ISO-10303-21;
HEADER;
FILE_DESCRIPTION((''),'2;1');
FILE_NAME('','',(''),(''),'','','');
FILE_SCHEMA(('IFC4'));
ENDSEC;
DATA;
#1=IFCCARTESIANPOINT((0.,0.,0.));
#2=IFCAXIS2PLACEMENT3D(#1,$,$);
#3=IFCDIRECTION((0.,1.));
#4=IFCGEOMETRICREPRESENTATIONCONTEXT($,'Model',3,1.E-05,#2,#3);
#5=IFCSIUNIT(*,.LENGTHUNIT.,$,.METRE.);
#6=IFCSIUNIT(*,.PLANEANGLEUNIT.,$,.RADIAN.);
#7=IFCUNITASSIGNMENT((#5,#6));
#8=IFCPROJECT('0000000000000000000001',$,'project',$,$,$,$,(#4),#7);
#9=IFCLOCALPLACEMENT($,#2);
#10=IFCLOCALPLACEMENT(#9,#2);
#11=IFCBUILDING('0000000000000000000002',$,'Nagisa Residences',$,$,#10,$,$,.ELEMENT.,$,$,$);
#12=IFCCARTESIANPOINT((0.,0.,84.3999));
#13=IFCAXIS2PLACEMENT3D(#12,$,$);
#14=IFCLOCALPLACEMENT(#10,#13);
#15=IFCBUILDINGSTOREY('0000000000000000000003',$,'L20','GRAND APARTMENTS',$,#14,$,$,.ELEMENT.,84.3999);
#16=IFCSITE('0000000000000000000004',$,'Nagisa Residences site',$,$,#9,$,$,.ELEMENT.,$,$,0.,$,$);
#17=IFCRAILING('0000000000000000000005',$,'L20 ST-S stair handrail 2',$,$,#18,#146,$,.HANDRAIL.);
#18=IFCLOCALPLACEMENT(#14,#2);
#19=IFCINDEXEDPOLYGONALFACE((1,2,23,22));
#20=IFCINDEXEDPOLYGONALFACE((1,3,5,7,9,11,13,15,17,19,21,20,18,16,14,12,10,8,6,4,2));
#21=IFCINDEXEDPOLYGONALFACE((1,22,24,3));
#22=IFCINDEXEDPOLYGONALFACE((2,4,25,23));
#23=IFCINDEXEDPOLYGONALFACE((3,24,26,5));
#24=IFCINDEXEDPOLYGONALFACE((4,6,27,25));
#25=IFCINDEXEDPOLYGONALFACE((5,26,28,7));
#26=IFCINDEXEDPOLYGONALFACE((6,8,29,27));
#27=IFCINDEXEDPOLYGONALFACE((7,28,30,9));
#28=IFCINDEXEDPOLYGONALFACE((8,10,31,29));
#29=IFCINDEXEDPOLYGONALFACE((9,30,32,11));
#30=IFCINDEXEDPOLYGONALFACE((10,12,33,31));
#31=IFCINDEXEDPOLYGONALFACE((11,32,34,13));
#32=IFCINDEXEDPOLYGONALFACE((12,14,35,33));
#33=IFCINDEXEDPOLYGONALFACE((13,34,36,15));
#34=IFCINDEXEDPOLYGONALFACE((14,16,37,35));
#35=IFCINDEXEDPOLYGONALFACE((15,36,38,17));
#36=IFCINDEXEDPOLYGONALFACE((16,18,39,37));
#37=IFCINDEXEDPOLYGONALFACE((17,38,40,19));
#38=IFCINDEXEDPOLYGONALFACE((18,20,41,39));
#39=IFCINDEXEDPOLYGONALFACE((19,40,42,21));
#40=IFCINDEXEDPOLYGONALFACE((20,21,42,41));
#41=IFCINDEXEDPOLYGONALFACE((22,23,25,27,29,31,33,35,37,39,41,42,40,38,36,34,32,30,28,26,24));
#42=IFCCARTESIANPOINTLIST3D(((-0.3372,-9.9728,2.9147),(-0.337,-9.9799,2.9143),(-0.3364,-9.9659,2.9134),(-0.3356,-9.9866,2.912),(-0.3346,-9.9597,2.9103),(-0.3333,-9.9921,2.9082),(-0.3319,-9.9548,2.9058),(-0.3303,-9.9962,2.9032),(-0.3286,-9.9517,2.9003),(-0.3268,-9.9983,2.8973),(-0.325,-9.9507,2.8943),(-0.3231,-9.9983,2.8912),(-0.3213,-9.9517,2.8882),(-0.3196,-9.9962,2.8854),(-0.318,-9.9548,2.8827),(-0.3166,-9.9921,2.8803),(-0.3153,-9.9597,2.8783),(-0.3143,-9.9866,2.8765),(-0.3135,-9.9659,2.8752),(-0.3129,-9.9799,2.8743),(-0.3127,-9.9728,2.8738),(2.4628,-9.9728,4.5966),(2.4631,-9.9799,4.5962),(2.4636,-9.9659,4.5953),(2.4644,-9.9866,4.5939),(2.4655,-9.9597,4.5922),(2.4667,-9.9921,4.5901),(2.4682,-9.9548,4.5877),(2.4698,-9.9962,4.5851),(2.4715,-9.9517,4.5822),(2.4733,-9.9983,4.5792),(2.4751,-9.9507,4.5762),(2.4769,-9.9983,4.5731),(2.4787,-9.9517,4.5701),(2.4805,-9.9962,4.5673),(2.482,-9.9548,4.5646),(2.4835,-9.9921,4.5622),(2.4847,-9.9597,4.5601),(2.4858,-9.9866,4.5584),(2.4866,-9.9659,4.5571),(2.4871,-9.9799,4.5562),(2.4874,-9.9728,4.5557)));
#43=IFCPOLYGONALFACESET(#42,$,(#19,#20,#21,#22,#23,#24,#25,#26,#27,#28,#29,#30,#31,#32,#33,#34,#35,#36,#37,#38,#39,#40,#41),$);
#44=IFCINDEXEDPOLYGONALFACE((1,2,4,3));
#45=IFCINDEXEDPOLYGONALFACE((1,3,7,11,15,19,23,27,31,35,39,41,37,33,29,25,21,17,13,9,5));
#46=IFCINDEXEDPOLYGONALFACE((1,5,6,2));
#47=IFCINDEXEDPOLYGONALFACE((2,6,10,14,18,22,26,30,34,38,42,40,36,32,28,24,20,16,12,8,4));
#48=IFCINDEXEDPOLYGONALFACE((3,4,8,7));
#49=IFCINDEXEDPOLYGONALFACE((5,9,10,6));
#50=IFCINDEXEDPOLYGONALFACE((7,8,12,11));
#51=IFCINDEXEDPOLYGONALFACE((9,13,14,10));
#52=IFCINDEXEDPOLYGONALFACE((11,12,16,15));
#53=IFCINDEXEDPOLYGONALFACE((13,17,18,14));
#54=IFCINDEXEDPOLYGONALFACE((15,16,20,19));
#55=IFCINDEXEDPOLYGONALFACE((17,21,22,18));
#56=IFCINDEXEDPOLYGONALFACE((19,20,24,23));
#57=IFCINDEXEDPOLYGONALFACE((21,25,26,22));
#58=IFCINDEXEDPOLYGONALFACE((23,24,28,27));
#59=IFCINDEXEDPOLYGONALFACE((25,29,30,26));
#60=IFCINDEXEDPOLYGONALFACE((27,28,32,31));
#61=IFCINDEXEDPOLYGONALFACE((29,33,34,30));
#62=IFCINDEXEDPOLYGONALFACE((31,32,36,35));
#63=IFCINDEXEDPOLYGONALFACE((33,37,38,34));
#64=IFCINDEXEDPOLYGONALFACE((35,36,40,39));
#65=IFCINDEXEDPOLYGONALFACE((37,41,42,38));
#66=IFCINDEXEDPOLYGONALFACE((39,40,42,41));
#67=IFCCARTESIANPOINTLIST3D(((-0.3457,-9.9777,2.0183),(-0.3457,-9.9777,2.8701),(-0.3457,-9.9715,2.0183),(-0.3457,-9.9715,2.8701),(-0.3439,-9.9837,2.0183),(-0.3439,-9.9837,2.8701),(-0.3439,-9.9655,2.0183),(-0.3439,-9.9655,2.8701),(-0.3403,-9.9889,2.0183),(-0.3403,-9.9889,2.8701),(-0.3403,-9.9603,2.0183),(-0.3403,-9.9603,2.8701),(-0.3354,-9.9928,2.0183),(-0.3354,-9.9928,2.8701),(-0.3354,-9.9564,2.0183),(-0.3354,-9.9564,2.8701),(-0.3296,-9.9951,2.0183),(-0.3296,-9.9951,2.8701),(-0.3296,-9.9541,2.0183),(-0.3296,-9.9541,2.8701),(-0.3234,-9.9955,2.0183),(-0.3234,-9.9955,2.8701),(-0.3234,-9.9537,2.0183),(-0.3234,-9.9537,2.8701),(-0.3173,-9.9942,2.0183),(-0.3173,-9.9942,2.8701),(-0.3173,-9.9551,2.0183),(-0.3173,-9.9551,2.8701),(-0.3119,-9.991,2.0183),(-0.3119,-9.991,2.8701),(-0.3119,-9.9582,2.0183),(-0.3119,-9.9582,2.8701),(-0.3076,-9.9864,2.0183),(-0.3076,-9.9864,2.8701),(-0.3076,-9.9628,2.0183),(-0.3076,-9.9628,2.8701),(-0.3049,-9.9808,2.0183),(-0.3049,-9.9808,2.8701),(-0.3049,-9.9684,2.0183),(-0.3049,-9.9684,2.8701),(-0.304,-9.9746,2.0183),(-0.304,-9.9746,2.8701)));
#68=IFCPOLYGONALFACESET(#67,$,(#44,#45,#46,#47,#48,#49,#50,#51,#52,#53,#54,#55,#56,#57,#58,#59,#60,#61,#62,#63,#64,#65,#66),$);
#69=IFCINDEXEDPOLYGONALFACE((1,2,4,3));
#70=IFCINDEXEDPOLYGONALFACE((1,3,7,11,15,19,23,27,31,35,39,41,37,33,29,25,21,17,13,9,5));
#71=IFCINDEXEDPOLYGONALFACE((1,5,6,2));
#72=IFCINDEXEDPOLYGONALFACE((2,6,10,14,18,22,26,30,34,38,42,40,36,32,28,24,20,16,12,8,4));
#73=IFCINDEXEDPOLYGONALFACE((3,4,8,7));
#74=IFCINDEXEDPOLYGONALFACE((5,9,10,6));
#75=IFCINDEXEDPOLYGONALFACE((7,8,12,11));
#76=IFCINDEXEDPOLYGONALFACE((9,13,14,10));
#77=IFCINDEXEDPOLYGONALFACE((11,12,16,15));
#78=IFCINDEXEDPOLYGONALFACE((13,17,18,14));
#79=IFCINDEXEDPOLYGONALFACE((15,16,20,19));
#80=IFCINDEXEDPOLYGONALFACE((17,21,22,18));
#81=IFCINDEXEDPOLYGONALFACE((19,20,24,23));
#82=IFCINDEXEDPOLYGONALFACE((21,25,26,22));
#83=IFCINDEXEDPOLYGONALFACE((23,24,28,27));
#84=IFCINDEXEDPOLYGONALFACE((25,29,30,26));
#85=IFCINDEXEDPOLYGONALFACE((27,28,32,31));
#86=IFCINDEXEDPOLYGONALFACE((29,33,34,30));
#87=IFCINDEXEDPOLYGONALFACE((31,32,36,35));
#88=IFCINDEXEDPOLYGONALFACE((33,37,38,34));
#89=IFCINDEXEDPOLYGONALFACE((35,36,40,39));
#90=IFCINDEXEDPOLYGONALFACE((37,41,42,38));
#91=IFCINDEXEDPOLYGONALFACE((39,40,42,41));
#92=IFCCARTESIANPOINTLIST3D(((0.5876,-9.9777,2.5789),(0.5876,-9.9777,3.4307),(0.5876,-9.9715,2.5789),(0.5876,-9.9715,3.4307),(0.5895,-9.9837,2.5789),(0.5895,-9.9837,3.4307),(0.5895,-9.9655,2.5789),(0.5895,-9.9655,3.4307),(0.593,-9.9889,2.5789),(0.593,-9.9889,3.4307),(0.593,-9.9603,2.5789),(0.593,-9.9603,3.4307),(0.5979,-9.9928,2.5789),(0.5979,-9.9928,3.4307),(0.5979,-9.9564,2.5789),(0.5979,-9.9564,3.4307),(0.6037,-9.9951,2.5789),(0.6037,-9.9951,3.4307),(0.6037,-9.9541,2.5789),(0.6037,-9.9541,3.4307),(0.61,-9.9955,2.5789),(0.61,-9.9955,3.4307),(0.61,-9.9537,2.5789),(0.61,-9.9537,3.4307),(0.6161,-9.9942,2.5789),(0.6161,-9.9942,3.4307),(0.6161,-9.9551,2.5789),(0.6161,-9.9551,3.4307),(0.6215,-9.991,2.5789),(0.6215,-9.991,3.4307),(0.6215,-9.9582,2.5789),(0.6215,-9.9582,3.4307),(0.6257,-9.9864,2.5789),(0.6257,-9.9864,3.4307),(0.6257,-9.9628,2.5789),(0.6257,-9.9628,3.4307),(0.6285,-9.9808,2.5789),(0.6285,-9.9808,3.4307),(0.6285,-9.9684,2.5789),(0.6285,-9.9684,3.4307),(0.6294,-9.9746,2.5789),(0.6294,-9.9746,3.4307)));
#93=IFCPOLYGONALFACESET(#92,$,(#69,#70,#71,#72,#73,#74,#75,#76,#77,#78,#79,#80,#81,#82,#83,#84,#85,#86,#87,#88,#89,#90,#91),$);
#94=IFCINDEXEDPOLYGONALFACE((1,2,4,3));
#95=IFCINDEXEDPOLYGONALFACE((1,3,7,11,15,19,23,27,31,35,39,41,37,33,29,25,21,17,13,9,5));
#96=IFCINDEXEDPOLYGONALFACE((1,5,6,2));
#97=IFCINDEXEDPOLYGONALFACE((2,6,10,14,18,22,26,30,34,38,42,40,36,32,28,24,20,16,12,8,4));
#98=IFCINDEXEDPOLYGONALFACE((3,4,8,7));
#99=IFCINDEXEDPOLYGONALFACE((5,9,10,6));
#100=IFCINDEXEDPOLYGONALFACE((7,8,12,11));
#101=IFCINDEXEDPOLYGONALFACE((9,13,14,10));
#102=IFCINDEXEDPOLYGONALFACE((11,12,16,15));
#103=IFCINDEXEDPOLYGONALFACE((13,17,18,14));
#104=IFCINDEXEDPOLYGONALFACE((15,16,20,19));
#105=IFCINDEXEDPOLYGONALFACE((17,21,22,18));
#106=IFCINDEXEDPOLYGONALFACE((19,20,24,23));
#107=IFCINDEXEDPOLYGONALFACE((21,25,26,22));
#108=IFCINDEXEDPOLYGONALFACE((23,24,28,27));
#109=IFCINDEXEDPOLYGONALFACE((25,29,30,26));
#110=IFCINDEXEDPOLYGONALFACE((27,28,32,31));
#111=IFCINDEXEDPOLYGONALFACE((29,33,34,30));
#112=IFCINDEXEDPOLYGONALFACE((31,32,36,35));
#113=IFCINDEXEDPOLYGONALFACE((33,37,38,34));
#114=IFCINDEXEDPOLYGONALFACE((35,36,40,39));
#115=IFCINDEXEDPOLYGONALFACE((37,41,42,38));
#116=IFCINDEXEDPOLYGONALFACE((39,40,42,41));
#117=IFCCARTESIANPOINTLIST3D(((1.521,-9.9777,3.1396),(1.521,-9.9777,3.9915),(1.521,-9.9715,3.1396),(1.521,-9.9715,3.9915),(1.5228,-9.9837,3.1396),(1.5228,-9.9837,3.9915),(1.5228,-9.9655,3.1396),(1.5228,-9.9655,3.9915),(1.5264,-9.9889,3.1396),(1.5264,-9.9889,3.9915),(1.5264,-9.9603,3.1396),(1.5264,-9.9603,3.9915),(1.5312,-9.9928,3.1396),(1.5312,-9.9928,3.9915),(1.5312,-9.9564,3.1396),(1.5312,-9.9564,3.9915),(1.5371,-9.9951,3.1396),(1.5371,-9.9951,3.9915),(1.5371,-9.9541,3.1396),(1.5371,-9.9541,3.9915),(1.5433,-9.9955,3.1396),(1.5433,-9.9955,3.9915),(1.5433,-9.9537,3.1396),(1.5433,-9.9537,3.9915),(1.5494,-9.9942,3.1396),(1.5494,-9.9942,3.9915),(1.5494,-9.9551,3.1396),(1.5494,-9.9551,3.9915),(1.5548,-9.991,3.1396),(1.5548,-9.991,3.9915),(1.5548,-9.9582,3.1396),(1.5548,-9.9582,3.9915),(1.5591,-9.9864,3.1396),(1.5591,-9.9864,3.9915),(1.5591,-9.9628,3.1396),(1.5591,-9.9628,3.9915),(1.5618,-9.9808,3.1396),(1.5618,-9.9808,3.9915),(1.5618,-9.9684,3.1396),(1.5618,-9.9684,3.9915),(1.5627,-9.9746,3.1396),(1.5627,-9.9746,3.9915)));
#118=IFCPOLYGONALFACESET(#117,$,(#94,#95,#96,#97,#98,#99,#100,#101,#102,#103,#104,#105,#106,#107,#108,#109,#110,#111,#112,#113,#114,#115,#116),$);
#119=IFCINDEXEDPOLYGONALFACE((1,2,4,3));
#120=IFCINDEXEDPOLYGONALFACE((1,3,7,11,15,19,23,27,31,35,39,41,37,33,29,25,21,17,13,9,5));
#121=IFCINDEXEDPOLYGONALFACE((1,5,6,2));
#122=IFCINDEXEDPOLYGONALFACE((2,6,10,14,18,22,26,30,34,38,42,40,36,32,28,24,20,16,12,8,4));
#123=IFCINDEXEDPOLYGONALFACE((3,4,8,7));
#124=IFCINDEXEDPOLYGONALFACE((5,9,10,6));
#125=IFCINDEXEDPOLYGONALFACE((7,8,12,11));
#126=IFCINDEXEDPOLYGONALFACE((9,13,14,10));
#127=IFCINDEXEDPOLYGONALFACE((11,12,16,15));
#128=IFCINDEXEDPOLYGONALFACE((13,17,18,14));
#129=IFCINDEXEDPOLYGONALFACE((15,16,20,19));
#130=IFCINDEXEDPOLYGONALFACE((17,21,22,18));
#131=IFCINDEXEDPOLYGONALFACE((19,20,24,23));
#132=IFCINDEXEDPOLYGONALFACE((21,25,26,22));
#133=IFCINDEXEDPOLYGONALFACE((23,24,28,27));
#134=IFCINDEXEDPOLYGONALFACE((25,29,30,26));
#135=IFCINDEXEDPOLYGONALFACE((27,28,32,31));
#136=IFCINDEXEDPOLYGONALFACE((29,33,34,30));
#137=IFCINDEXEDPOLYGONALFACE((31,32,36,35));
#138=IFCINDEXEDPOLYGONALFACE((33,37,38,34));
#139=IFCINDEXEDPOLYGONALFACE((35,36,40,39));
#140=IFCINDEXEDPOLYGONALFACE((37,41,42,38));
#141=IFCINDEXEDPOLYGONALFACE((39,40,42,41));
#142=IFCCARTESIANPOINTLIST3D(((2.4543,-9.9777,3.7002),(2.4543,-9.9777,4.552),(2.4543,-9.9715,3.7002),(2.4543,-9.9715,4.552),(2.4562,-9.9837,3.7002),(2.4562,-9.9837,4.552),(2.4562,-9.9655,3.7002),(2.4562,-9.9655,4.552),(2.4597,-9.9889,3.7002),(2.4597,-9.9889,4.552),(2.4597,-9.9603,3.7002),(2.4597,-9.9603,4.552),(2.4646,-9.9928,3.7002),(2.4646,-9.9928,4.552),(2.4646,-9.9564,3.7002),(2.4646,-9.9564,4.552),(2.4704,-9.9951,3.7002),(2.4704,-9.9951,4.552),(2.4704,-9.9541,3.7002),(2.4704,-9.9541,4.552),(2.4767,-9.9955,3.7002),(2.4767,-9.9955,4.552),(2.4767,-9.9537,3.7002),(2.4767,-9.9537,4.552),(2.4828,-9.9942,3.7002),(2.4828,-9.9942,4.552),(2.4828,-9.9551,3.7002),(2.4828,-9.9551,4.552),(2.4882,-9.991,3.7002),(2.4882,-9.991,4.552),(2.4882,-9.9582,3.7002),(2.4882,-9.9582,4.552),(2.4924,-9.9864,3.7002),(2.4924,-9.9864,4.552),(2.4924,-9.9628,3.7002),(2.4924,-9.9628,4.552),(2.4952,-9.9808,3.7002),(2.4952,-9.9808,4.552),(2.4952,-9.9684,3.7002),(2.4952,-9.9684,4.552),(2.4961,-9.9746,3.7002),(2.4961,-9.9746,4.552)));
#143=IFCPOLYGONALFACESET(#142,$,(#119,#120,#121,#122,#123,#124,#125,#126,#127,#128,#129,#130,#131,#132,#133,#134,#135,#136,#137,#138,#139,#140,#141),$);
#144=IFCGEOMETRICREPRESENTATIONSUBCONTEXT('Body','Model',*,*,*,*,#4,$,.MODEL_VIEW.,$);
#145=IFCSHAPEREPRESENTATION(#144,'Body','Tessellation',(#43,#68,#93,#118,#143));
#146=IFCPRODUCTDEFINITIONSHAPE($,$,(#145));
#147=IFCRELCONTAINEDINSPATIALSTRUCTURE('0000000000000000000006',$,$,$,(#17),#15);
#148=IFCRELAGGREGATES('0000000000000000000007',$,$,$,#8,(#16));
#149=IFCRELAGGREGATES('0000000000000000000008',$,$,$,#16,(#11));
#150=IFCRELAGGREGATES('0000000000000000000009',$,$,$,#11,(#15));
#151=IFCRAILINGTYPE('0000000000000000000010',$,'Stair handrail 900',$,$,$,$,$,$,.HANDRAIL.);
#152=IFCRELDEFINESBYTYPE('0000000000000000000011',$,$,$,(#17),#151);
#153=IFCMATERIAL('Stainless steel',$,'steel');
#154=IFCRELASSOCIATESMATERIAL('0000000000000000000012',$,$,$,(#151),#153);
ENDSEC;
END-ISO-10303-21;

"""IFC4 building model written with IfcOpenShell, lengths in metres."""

from ifc_helpers import new_model, si_unit, direction, frame, origin, origin_2d, place, context, subcontext, project, spatial, circle, extrude, material, type_object, element, save


model = new_model("IFC4")

# Units and contexts
model_context = context("Model", 3, precision=1e-05, world=origin(), true_north=direction((0.0, 1.0)))
body_context = subcontext(model_context, "Body", "Model", "MODEL_VIEW")
ifc_project = project(units=[si_unit("LENGTHUNIT", "METRE"), si_unit("PLANEANGLEUNIT", "RADIAN")], contexts=[model_context])

# Site, building, storey
site_placement = place(None, origin())
site = spatial("IfcSite", under=ifc_project, at=site_placement, Name="Nagisa Residences site", CompositionType="ELEMENT", RefElevation=0.0)
building_placement = place(site_placement, origin())
building = spatial("IfcBuilding", under=site, at=building_placement, Name="Nagisa Residences", CompositionType="ELEMENT")
storey_placement = place(building_placement, frame((0.0, 0.0, 84.3999)))
storey = spatial("IfcBuildingStorey", under=building, at=storey_placement, Name="L20", Description="GRAND APARTMENTS", CompositionType="ELEMENT", Elevation=84.3999)

# Railing
ifc_material_1 = material(Name="Stainless steel", Category="steel")
railing_type = type_object("IfcRailingType", Name="Stair handrail 900", PredefinedType="HANDRAIL", material=ifc_material_1)
railing_placement = place(storey_placement, frame((-0.325, -9.9746, 2.0183)))
element("IfcRailing", 1, at=railing_placement, inside=storey, type_object=railing_type, Name="L20 ST-S stair handrail 2", PredefinedType="HANDRAIL", context=body_context, shape_type="SweptSolid", body=[
    extrude(circle(Radius=0.0239, at=origin_2d()), frame((0.0, 0.0, 0.876), z_axis=(0.857242, 0.0, 0.514913), x_axis=(0.0, 1.0, 0.0)), (0.0, 0.0, 1.0), 3.2664),
    extrude(circle(Radius=0.021, at=origin_2d()), origin(), (0.0, 0.0, 1.0), 0.8518),
    extrude(circle(Radius=0.021, at=origin_2d()), frame((0.9333, 0.0, 0.5605)), (0.0, 0.0, 1.0), 0.8518),
    extrude(circle(Radius=0.021, at=origin_2d()), frame((1.8667, 0.0, 1.1213)), (0.0, 0.0, 1.0), 0.8518),
    extrude(circle(Radius=0.021, at=origin_2d()), frame((2.8, 0.0, 1.6819)), (0.0, 0.0, 1.0), 0.8518),
])

save(model, "model.ifc")
